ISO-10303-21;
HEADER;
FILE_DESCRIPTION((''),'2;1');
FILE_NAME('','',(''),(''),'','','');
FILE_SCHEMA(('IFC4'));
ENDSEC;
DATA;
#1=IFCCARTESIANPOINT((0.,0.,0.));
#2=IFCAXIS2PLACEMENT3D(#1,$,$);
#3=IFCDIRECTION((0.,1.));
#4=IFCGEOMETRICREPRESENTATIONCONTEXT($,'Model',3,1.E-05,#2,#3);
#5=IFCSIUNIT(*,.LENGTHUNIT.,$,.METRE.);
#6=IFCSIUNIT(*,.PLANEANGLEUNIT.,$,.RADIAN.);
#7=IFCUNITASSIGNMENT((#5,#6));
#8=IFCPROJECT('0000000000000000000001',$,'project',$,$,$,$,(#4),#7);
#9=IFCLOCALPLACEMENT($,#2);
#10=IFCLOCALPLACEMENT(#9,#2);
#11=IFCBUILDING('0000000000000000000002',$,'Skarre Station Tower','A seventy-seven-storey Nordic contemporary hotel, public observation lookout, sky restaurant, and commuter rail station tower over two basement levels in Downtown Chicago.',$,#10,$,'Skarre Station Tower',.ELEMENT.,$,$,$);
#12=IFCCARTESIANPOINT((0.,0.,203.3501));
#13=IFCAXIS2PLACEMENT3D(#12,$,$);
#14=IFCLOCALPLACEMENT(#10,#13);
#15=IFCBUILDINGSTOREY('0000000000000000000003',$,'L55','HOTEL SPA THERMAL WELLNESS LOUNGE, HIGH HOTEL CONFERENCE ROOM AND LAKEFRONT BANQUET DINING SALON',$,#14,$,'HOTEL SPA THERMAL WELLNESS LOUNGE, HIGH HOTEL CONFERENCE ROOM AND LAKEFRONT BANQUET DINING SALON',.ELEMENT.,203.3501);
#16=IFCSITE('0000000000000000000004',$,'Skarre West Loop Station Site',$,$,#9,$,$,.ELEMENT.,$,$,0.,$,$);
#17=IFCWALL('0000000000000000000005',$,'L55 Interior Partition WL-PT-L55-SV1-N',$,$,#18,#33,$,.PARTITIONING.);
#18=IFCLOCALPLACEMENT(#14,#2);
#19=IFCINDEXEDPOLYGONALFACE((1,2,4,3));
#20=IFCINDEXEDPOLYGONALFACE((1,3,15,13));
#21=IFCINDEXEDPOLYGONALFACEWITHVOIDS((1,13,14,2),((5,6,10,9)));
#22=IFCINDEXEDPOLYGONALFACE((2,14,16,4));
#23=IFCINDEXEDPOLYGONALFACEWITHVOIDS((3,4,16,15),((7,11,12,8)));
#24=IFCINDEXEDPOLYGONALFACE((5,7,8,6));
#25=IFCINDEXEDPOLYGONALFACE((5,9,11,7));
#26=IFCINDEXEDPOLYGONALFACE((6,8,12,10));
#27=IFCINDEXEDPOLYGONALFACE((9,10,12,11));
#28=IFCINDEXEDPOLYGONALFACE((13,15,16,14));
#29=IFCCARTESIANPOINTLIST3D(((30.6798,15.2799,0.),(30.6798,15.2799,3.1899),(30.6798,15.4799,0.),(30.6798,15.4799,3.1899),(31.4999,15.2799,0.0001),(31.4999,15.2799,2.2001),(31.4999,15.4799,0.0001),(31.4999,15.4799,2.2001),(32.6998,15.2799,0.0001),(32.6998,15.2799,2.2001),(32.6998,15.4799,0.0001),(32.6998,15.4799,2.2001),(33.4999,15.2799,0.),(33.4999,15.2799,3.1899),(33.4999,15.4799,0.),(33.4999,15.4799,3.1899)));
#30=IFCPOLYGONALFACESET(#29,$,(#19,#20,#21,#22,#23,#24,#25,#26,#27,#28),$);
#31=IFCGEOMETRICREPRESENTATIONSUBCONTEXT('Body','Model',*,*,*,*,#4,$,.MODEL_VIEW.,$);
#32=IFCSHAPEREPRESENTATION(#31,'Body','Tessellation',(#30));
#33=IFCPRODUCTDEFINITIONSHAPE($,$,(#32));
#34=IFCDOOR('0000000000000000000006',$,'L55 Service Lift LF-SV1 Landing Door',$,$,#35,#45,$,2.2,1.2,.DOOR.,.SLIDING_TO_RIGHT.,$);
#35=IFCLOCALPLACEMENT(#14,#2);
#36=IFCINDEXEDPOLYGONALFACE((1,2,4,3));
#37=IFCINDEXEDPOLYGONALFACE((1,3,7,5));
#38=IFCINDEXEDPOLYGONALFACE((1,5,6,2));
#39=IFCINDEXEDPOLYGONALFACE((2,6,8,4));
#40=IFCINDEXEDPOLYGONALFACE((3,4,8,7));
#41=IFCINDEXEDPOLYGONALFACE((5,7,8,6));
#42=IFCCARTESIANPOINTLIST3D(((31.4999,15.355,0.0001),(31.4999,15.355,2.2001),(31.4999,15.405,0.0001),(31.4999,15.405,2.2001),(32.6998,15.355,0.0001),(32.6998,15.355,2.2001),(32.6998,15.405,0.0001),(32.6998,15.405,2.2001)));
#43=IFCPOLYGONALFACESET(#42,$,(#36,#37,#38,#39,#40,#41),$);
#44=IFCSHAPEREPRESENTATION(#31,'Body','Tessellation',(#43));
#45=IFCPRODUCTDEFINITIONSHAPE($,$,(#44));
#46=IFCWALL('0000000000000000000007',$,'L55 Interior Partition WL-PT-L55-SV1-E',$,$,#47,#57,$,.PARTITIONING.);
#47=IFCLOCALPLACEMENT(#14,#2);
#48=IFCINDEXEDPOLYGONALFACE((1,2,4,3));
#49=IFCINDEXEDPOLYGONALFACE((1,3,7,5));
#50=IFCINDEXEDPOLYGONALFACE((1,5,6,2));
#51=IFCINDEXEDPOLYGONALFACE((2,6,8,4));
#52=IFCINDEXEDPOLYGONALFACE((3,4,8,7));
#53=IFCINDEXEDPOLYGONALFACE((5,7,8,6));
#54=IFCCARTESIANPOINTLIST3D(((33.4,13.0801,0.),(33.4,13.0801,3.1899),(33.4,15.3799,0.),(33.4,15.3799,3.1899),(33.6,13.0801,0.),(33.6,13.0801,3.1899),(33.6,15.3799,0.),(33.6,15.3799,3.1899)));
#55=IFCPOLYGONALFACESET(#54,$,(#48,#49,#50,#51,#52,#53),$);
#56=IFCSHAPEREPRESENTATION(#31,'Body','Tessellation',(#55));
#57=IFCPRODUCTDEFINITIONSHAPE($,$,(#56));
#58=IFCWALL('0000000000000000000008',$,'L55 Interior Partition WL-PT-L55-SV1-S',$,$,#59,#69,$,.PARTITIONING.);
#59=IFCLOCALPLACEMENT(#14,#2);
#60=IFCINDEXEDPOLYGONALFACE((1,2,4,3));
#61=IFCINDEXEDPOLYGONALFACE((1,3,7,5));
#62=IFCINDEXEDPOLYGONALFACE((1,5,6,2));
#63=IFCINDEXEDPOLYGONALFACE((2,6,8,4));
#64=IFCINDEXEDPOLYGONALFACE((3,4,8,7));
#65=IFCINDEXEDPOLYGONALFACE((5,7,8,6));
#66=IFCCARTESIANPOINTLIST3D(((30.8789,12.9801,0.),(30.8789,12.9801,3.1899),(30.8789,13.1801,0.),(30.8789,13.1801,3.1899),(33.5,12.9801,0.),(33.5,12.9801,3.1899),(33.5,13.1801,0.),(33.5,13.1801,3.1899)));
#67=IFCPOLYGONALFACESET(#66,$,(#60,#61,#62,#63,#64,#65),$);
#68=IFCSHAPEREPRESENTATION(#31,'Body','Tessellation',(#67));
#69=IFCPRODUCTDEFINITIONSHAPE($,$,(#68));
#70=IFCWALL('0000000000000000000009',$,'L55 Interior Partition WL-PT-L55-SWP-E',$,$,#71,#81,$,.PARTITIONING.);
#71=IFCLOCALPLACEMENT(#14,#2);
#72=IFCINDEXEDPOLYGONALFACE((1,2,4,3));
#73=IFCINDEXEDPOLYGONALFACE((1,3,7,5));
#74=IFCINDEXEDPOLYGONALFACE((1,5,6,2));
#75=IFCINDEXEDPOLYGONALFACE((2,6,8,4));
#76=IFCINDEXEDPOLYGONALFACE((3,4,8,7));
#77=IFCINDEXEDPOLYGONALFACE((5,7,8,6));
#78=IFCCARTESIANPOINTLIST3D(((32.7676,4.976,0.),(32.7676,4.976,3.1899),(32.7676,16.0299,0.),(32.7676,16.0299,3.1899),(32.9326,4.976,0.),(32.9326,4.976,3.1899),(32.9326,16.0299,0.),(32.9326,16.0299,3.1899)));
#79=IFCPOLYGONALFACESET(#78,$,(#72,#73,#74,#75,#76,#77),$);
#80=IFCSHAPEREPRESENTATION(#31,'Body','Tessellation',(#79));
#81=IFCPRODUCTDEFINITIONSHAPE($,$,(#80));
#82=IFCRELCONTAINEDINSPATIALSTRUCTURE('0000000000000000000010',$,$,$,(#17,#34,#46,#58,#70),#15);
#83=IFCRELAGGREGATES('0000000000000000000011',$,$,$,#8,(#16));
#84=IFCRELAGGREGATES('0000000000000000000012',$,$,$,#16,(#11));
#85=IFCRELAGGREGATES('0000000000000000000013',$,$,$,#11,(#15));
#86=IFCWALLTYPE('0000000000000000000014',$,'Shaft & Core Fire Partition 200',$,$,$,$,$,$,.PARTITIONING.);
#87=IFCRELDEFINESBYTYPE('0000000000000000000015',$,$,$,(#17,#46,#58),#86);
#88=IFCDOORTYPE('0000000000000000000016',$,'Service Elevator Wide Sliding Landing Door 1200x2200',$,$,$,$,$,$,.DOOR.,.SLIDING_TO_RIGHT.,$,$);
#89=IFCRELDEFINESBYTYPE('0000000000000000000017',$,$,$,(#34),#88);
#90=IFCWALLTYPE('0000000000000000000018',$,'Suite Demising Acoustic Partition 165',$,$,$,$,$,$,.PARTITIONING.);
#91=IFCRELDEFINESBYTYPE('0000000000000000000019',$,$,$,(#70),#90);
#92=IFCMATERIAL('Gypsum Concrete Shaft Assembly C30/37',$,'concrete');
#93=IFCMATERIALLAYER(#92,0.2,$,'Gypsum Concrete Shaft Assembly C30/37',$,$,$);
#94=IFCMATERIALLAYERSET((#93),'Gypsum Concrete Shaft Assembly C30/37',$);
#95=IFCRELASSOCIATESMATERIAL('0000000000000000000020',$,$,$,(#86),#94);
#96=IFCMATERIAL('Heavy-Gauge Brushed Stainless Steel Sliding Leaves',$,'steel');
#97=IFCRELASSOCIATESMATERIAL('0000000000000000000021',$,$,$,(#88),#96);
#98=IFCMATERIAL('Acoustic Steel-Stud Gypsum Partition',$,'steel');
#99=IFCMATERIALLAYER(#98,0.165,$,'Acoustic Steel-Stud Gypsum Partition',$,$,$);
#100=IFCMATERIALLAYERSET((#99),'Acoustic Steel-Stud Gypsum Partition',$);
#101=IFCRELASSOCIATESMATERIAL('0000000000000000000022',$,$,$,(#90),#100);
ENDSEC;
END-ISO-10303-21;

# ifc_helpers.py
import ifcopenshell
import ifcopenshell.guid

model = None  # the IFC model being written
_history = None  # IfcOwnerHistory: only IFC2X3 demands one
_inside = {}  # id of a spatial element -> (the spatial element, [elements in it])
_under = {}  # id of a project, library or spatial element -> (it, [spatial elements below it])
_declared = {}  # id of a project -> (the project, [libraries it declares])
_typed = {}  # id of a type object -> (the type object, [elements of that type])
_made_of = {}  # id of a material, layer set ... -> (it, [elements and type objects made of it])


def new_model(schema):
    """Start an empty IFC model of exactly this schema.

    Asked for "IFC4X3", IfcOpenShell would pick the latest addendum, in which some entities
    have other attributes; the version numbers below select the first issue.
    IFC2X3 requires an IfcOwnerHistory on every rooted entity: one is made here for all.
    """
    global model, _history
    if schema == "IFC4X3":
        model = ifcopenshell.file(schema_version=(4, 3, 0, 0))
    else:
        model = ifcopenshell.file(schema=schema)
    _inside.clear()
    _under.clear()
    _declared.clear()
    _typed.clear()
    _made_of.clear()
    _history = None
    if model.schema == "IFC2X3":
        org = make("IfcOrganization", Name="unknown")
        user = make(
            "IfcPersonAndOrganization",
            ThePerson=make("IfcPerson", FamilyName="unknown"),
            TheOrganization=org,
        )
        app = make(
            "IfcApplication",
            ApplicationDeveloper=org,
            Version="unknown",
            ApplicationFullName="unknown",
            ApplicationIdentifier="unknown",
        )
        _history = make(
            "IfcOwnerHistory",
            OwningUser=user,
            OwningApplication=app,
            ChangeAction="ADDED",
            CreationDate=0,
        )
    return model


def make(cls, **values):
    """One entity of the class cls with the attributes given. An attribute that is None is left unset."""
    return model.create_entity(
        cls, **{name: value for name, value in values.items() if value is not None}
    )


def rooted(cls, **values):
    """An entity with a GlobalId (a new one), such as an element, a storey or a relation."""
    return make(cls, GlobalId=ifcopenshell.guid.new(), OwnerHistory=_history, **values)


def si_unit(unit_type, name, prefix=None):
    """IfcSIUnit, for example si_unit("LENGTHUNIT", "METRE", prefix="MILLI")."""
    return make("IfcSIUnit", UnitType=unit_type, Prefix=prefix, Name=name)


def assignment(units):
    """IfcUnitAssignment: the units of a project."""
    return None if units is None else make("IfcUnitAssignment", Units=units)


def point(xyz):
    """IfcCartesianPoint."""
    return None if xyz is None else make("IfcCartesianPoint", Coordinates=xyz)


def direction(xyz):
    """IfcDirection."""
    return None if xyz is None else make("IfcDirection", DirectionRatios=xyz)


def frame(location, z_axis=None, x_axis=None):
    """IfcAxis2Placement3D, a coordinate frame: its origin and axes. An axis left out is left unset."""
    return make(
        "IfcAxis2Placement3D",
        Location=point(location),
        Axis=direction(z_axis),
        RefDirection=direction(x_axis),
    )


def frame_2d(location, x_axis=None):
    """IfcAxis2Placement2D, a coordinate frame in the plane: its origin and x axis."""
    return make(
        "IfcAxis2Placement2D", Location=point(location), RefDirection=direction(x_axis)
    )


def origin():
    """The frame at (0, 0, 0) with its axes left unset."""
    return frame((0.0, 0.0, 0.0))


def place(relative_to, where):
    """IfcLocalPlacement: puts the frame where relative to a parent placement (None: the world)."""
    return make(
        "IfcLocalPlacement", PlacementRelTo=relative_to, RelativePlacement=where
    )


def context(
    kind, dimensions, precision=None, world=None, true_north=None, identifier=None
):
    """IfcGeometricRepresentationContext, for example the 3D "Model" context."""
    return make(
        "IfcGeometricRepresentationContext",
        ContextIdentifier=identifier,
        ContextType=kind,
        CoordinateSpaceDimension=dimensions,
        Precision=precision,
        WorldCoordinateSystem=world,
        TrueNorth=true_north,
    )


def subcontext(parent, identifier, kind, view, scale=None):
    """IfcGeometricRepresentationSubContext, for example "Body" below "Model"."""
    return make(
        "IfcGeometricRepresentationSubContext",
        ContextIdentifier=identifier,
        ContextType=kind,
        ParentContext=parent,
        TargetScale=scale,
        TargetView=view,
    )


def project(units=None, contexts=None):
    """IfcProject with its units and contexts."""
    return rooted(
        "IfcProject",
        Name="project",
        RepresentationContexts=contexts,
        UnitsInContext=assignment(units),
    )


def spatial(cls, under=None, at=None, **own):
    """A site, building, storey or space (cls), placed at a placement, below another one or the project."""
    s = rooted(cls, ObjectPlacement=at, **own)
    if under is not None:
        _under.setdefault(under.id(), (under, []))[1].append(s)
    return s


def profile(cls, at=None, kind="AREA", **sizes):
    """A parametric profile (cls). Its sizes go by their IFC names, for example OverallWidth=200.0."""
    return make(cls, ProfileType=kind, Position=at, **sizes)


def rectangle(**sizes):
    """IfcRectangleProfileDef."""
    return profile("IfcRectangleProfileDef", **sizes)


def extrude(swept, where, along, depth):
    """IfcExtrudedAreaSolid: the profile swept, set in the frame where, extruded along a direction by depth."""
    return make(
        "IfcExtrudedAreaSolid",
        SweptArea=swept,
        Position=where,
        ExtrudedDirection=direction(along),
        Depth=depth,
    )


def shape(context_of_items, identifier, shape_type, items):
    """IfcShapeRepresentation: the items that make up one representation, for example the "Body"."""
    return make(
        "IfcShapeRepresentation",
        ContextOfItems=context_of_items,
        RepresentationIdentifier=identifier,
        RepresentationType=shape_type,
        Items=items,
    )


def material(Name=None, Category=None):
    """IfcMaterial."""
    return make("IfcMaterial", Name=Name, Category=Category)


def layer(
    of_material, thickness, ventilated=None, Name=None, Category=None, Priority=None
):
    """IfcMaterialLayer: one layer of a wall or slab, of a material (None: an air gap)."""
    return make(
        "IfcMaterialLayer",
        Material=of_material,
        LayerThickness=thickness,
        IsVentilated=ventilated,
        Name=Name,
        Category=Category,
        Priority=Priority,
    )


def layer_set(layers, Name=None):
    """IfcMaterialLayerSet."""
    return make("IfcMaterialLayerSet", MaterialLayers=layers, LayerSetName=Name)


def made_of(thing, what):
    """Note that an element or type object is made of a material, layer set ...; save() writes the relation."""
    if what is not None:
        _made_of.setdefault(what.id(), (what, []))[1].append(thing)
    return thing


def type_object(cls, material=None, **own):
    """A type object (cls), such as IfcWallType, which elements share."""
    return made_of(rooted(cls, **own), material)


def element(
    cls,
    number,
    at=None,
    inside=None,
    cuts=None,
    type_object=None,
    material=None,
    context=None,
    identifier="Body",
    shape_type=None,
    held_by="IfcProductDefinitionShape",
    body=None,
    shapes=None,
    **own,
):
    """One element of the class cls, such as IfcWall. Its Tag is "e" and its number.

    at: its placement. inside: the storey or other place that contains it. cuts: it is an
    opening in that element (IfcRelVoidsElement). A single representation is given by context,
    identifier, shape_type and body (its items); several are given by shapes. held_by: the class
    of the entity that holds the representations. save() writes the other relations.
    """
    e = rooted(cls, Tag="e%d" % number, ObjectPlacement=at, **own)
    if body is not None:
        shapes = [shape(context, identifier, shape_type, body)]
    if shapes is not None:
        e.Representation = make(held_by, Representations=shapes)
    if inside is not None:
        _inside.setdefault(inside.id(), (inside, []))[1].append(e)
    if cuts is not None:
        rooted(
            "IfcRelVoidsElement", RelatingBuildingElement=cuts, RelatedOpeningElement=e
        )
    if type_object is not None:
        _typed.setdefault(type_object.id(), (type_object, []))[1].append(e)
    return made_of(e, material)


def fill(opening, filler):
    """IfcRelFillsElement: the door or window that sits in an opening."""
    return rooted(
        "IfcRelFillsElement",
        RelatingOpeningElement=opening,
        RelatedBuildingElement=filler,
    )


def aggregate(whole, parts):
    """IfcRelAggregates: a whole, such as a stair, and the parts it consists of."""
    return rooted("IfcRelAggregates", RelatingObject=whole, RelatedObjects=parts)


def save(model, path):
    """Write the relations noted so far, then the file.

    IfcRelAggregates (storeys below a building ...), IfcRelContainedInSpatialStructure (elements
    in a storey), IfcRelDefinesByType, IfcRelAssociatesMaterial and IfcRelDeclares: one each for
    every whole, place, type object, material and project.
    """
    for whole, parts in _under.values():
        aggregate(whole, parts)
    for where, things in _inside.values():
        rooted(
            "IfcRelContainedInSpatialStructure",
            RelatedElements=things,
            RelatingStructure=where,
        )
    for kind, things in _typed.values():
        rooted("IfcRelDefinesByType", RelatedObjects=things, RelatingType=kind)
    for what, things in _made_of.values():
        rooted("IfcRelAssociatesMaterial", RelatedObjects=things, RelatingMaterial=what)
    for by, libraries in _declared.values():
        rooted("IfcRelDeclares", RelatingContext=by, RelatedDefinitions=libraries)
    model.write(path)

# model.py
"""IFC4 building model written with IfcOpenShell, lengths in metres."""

from ifc_helpers import new_model, si_unit, direction, frame, frame_2d, origin, place, context, subcontext, project, spatial, rectangle, extrude, material, layer, layer_set, type_object, element, fill, save


model = new_model("IFC4")

# Units and contexts
model_context = context("Model", 3, precision=1e-05, world=origin(), true_north=direction((0.0, 1.0)))
body_context = subcontext(model_context, "Body", "Model", "MODEL_VIEW")
ifc_project = project(units=[si_unit("LENGTHUNIT", "METRE"), si_unit("PLANEANGLEUNIT", "RADIAN")], contexts=[model_context])

# Site, building, storey
site_placement = place(None, origin())
site = spatial("IfcSite", under=ifc_project, at=site_placement, Name="Skarre West Loop Station Site", CompositionType="ELEMENT", RefElevation=0.0)
building_placement = place(site_placement, origin())
building = spatial("IfcBuilding", under=site, at=building_placement, Name="Skarre Station Tower", Description="A seventy-seven-storey Nordic contemporary hotel, public observation lookout, sky restaurant, and commuter rail station tower over two basement levels in Downtown Chicago.", LongName="Skarre Station Tower", CompositionType="ELEMENT")
storey_placement = place(building_placement, frame((0.0, 0.0, 203.3501)))
storey = spatial("IfcBuildingStorey", under=building, at=storey_placement, Name="L55", Description="HOTEL SPA THERMAL WELLNESS LOUNGE, HIGH HOTEL CONFERENCE ROOM AND LAKEFRONT BANQUET DINING SALON", LongName="HOTEL SPA THERMAL WELLNESS LOUNGE, HIGH HOTEL CONFERENCE ROOM AND LAKEFRONT BANQUET DINING SALON", CompositionType="ELEMENT", Elevation=203.3501)

# Shared definitions
ifc_material_1 = material(Name="Acoustic Steel-Stud Gypsum Partition", Category="steel")

# Wall, opening, door
ifc_material_2 = material(Name="Gypsum Concrete Shaft Assembly C30/37", Category="concrete")
ifc_layer_1 = layer(ifc_material_2, 0.2, Name="Gypsum Concrete Shaft Assembly C30/37")
ifc_layer_set_1 = layer_set([ifc_layer_1], Name="Gypsum Concrete Shaft Assembly C30/37")
wall_type_1 = type_object("IfcWallType", Name="Shaft & Core Fire Partition 200", PredefinedType="PARTITIONING", material=ifc_layer_set_1)
wall_1_placement = place(storey_placement, frame((33.5, 15.3799, 0.0), z_axis=(0.0, 0.0, 1.0), x_axis=(-1.0, 0.0, 0.0)))
wall_1 = element("IfcWall", 1, at=wall_1_placement, inside=storey, type_object=wall_type_1, Name="L55 Interior Partition WL-PT-L55-SV1-N", PredefinedType="PARTITIONING", context=body_context, shape_type="SweptSolid", body=[
    extrude(rectangle(XDim=2.8201, YDim=0.2, at=frame_2d((1.4102, 0.0))), origin(), (0.0, 0.0, 1.0), 3.1899),
])
opening_1_placement = place(wall_1_placement, frame((0.8, 0.0, 0.0)))
opening_1 = element("IfcOpeningElement", 2, at=opening_1_placement, cuts=wall_1, PredefinedType="OPENING", context=body_context, shape_type="SweptSolid", body=[
    extrude(rectangle(XDim=1.2, YDim=2.2, at=frame_2d((0.6001, 1.1001))), frame((0.0, 0.1099, 0.0), z_axis=(0.0, -1.0, 0.0), x_axis=(1.0, 0.0, 0.0)), (0.0, 0.0, 1.0), 0.22),
])
ifc_material_3 = material(Name="Heavy-Gauge Brushed Stainless Steel Sliding Leaves", Category="steel")
door_type_1 = type_object("IfcDoorType", Name="Service Elevator Wide Sliding Landing Door 1200x2200", OperationType="SLIDING_TO_RIGHT", PredefinedType="DOOR", material=ifc_material_3)
door_1_placement = place(opening_1_placement, origin())
door_1 = element("IfcDoor", 3, at=door_1_placement, inside=storey, type_object=door_type_1, Name="L55 Service Lift LF-SV1 Landing Door", OperationType="SLIDING_TO_RIGHT", OverallHeight=2.2, OverallWidth=1.2, PredefinedType="DOOR", context=body_context, shape_type="SweptSolid", body=[
    extrude(rectangle(XDim=1.2, YDim=2.2, at=frame_2d((0.6001, 1.1001))), frame((0.0, 0.0249, 0.0), z_axis=(0.0, -1.0, 0.0), x_axis=(1.0, 0.0, 0.0)), (0.0, 0.0, 1.0), 0.05),
])
fill(opening_1, door_1)

# Walls
wall_2_placement = place(storey_placement, frame((33.5, 13.0801, 0.0), z_axis=(0.0, 0.0, 1.0), x_axis=(0.0, 1.0, 0.0)))
element("IfcWall", 4, at=wall_2_placement, inside=storey, type_object=wall_type_1, Name="L55 Interior Partition WL-PT-L55-SV1-E", PredefinedType="PARTITIONING", context=body_context, shape_type="SweptSolid", body=[
    extrude(rectangle(XDim=2.2998, YDim=0.2, at=frame_2d((1.1499, 0.0))), origin(), (0.0, 0.0, 1.0), 3.1899),
])
wall_3_placement = place(storey_placement, frame((30.8789, 13.0801, 0.0), z_axis=(0.0, 0.0, 1.0), x_axis=(1.0, 0.0, 0.0)))
element("IfcWall", 5, at=wall_3_placement, inside=storey, type_object=wall_type_1, Name="L55 Interior Partition WL-PT-L55-SV1-S", PredefinedType="PARTITIONING", context=body_context, shape_type="SweptSolid", body=[
    extrude(rectangle(XDim=2.6211, YDim=0.2, at=frame_2d((1.3105, 0.0))), origin(), (0.0, 0.0, 1.0), 3.1899),
])
ifc_layer_2 = layer(ifc_material_1, 0.165, Name="Acoustic Steel-Stud Gypsum Partition")
ifc_layer_set_2 = layer_set([ifc_layer_2], Name="Acoustic Steel-Stud Gypsum Partition")
wall_type_2 = type_object("IfcWallType", Name="Suite Demising Acoustic Partition 165", PredefinedType="PARTITIONING", material=ifc_layer_set_2)
wall_4_placement = place(storey_placement, frame((32.8501, 4.9761, 0.0), z_axis=(0.0, 0.0, 1.0), x_axis=(0.0, 1.0, 0.0)))
element("IfcWall", 6, at=wall_4_placement, inside=storey, type_object=wall_type_2, Name="L55 Interior Partition WL-PT-L55-SWP-E", PredefinedType="PARTITIONING", context=body_context, shape_type="SweptSolid", body=[
    extrude(rectangle(XDim=11.054, YDim=0.165, at=frame_2d((5.5269, 0.0))), origin(), (0.0, 0.0, 1.0), 3.1899),
])

save(model, "model.ifc")
